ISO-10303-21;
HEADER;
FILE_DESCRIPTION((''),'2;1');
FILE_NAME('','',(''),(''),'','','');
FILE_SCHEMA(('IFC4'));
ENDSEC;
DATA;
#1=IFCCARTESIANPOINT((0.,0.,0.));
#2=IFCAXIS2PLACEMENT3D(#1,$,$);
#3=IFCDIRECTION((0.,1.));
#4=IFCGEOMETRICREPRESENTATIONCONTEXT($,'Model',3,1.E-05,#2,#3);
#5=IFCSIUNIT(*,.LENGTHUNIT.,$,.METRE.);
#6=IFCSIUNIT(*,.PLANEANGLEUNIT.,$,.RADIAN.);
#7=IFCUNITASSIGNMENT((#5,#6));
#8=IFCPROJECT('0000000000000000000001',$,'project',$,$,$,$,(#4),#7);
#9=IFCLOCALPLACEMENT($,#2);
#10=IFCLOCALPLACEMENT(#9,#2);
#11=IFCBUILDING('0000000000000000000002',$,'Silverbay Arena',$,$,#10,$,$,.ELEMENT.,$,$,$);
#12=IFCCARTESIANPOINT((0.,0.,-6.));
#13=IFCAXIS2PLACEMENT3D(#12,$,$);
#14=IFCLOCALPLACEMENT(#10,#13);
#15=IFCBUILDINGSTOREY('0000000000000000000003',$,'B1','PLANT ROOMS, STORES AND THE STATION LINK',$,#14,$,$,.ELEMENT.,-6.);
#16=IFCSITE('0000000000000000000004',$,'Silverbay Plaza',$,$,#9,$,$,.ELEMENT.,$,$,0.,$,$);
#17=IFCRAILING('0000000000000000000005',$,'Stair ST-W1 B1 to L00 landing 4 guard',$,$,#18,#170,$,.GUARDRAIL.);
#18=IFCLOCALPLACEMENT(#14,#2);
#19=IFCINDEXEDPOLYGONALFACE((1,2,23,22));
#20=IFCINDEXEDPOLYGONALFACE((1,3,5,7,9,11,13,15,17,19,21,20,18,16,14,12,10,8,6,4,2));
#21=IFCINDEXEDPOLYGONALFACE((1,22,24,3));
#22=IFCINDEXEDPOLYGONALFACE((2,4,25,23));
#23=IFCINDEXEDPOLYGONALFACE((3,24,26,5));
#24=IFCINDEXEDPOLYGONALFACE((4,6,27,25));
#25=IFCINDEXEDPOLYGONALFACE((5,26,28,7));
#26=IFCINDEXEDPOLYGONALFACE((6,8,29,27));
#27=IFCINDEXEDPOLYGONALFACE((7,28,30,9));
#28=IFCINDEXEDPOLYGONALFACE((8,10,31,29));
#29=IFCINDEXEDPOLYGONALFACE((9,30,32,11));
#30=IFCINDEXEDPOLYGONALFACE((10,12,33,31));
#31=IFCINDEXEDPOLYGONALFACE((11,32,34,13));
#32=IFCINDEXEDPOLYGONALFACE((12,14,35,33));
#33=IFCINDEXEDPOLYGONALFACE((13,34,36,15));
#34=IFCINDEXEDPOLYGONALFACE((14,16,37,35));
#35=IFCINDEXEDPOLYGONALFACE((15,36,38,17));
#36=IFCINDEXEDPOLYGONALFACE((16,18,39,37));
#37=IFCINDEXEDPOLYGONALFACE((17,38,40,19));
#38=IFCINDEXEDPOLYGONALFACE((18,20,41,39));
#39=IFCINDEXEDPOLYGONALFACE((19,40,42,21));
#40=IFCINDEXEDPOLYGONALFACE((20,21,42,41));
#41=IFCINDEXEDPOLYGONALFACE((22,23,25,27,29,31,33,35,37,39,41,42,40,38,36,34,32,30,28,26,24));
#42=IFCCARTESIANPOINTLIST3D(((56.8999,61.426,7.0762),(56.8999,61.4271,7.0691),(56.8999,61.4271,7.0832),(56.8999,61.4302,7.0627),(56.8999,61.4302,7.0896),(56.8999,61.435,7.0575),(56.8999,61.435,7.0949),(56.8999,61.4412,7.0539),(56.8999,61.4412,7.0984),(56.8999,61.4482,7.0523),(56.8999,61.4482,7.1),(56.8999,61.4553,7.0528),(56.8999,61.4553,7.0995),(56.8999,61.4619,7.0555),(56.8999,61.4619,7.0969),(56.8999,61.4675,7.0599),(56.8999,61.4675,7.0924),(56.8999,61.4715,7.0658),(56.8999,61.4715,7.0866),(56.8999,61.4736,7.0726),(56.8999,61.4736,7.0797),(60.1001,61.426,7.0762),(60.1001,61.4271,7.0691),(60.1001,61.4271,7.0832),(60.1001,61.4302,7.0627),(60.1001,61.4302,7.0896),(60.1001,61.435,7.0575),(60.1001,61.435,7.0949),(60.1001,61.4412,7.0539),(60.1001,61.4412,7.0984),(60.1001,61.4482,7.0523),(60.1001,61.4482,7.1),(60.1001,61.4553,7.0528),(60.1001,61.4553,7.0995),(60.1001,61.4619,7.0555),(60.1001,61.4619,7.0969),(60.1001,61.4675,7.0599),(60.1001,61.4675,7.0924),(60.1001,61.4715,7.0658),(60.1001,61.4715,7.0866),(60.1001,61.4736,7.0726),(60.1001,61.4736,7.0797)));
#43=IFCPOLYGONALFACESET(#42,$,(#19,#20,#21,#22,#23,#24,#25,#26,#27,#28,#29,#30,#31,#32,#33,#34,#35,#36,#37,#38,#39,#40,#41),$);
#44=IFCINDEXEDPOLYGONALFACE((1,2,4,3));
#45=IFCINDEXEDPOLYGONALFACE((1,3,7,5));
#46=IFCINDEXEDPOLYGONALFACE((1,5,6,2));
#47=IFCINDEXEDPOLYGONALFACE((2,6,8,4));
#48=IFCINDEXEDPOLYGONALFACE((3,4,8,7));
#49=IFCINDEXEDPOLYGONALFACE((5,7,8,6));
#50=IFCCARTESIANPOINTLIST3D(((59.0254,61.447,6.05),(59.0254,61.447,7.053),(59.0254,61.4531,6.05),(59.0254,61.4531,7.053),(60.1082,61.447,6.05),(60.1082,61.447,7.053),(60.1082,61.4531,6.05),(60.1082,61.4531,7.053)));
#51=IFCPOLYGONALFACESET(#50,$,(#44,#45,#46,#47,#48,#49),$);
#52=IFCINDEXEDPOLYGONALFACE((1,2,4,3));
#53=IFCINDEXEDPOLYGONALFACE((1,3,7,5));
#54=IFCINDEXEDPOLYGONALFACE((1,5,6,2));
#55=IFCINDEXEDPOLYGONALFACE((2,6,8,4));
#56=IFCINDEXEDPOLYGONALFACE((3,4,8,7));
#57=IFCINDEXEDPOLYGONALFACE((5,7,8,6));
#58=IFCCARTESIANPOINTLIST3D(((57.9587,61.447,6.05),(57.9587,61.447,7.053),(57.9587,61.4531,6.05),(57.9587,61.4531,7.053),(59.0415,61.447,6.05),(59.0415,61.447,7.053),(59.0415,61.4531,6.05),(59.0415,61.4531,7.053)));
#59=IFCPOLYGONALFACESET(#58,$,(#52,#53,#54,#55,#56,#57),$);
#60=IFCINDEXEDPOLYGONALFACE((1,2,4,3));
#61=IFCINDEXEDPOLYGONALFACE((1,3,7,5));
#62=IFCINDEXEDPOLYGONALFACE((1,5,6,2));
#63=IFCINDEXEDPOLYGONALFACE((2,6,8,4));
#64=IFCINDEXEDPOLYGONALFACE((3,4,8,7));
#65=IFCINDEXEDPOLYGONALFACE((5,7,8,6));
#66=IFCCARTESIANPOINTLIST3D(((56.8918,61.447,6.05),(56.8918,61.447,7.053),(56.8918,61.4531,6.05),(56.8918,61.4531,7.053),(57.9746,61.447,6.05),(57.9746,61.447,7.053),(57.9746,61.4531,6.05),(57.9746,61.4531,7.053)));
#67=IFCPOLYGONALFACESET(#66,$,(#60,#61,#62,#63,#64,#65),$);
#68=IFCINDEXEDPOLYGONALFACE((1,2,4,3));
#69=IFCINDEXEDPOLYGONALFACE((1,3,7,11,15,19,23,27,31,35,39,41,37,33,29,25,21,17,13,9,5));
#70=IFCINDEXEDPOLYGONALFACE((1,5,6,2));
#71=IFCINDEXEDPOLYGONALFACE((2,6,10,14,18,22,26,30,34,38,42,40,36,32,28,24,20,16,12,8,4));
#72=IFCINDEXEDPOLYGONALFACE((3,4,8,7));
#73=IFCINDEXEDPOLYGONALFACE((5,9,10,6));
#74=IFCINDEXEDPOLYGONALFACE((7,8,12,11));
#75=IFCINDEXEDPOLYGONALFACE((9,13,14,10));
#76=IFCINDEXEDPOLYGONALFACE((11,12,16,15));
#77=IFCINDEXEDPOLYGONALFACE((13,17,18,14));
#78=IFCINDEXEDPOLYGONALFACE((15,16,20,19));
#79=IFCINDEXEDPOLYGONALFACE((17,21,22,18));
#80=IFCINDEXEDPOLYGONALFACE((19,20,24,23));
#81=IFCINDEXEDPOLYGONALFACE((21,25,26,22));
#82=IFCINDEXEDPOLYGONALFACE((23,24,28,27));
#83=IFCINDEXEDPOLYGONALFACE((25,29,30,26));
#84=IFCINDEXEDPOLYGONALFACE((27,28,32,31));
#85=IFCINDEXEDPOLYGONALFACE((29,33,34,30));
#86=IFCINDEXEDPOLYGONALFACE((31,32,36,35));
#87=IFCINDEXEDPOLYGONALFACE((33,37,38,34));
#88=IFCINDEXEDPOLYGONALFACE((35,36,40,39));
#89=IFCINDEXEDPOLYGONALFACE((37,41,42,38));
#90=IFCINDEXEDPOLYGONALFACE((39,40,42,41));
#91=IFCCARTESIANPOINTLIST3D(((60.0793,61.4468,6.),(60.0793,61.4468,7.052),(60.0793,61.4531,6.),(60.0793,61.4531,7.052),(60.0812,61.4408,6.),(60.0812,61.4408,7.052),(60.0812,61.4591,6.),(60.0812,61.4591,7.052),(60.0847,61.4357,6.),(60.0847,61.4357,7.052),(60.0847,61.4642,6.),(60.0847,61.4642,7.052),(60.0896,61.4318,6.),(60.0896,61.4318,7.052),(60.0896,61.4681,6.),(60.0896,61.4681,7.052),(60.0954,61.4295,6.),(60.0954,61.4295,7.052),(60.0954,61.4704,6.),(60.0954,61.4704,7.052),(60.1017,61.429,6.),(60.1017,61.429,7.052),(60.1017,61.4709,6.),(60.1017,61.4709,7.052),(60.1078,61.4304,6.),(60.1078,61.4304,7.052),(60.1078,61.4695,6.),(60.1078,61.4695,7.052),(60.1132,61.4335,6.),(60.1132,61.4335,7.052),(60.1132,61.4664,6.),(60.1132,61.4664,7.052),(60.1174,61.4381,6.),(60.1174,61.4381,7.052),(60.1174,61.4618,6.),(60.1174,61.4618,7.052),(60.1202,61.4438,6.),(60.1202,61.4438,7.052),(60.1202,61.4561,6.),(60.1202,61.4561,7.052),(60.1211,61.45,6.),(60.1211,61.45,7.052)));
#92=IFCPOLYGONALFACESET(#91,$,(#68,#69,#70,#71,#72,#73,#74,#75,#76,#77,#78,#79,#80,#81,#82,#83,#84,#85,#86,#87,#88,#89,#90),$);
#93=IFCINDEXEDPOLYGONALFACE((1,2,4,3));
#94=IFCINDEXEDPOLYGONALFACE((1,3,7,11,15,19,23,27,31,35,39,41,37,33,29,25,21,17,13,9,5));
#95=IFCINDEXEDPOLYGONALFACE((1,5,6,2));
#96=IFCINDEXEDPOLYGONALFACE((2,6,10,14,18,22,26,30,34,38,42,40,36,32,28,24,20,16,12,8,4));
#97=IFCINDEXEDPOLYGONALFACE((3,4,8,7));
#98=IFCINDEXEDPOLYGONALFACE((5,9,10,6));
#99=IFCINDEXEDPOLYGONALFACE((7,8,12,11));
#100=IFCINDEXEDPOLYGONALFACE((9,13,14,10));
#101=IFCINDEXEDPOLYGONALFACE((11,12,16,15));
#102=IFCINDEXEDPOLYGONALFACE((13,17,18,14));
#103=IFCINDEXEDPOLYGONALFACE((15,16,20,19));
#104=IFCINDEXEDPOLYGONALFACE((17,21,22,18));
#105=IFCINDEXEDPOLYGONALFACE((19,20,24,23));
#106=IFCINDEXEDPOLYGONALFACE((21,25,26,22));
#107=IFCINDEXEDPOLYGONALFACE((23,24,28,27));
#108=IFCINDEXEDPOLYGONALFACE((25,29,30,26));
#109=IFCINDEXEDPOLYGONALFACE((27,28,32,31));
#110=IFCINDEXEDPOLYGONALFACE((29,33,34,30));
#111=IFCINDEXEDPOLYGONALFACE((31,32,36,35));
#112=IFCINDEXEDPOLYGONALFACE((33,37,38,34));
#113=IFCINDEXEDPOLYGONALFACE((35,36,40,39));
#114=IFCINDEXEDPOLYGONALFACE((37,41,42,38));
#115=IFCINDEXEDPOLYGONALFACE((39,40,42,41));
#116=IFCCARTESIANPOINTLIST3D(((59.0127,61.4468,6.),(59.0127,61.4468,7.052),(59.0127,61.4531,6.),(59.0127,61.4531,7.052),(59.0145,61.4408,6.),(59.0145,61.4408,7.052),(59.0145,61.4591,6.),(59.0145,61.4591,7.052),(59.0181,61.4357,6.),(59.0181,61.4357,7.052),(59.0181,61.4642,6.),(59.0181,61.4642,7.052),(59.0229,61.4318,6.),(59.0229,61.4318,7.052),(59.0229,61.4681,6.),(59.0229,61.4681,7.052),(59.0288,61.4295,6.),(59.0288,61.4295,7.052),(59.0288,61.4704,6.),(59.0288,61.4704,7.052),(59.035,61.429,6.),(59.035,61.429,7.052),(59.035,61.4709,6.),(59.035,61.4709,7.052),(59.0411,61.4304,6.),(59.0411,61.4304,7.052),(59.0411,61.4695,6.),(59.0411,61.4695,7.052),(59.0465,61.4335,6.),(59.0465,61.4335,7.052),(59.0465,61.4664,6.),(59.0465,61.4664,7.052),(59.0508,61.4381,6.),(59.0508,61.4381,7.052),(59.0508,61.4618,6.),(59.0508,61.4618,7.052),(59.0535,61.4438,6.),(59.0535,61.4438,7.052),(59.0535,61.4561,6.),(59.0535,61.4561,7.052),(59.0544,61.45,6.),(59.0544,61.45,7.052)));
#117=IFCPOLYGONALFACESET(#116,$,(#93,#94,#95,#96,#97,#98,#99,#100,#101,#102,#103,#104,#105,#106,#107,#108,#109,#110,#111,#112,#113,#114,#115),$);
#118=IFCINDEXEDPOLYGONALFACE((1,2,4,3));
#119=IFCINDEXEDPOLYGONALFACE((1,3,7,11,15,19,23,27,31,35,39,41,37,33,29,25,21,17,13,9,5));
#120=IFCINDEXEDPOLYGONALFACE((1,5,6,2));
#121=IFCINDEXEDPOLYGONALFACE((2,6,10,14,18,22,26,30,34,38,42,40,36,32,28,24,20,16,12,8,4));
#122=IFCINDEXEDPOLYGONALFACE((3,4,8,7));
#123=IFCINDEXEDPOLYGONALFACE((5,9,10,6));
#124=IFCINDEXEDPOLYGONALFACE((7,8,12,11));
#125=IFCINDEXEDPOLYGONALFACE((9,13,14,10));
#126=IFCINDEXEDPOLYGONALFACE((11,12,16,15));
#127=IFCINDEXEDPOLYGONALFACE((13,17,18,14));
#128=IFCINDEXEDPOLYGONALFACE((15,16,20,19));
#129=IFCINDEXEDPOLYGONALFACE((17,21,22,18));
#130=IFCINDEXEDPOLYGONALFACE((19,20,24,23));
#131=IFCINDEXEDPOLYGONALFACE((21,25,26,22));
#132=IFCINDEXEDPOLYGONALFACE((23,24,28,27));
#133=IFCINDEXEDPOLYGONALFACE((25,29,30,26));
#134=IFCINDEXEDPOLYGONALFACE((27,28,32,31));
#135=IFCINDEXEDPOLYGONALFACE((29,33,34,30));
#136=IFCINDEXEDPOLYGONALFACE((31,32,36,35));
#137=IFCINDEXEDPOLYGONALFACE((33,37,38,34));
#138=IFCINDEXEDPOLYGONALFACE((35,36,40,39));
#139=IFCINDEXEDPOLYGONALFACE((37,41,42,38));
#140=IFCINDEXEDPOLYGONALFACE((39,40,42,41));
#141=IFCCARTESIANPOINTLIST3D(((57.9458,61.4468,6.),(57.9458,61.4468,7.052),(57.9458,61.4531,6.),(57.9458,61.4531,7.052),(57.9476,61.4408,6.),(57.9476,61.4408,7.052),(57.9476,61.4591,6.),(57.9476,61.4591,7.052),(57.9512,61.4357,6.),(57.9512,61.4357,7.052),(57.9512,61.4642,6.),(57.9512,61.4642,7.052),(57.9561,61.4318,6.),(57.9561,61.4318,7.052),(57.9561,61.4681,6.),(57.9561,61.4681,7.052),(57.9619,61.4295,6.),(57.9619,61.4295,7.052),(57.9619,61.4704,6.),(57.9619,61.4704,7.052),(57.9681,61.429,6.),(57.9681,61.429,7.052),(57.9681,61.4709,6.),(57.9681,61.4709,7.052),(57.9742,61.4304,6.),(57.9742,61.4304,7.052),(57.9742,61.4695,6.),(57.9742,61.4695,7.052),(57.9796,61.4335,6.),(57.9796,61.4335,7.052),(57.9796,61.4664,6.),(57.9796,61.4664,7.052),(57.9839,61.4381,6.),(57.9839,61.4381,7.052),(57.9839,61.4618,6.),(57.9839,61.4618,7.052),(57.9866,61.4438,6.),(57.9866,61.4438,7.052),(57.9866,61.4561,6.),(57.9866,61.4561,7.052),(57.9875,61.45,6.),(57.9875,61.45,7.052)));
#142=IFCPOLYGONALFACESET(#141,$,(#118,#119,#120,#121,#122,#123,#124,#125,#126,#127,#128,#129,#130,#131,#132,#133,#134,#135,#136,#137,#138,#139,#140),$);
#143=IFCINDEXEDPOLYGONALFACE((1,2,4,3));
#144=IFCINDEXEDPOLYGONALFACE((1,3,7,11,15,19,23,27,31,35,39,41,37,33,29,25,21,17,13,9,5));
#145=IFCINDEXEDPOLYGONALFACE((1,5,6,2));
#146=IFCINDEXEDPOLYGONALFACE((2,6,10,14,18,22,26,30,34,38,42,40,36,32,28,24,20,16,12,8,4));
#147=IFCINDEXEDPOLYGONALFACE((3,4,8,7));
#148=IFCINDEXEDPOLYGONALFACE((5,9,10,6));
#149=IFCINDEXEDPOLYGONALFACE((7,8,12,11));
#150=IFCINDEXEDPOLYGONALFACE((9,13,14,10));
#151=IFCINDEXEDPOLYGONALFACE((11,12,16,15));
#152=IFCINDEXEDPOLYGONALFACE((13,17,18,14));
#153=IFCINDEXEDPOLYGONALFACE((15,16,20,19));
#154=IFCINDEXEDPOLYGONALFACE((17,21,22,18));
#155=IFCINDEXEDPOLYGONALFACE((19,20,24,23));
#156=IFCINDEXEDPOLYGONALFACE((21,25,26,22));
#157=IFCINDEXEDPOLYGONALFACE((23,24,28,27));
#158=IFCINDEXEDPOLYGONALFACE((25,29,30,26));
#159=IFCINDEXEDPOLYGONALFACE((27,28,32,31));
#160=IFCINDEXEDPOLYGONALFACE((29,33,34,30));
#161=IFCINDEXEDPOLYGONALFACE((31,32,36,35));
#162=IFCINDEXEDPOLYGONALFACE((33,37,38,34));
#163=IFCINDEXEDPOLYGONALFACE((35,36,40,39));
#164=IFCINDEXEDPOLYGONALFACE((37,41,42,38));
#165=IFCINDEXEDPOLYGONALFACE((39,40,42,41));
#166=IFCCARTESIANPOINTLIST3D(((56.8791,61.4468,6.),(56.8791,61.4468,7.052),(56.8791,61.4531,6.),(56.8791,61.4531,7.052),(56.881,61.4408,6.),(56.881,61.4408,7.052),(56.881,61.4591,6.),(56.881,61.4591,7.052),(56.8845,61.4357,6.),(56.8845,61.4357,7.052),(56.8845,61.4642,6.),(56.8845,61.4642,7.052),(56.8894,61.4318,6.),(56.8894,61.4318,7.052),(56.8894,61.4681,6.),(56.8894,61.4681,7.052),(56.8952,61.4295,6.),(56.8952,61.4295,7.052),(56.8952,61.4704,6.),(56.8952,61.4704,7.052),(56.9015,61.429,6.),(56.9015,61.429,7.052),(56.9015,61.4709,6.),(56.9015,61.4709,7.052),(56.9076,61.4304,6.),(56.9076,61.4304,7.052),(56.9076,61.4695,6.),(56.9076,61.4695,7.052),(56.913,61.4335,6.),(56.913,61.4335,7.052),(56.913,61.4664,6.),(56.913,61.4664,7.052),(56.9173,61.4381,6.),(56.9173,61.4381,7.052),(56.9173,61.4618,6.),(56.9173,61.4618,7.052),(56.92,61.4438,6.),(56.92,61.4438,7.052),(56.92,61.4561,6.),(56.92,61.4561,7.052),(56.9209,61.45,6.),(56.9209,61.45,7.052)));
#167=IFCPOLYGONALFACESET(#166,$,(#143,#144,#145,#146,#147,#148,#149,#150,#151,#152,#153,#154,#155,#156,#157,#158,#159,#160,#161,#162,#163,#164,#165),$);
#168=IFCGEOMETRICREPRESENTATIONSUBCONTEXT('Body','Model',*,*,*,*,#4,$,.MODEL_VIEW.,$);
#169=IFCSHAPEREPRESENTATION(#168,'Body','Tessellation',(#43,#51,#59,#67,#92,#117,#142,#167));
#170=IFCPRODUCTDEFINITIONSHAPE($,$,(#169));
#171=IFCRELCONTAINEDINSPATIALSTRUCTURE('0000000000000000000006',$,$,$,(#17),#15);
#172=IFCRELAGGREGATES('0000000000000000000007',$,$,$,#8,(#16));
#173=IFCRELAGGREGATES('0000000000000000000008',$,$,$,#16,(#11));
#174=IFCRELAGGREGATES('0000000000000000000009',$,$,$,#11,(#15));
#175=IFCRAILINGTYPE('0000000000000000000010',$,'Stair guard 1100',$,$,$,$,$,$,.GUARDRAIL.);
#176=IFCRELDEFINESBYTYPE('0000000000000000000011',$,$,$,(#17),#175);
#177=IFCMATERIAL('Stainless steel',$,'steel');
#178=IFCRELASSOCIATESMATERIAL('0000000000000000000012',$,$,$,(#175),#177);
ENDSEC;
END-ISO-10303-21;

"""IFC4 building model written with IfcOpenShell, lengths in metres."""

from ifc_helpers import new_model, si_unit, direction, frame, origin, origin_2d, place, context, subcontext, project, spatial, polyline, circle, outline, extrude, material, type_object, element, save


model = new_model("IFC4")

# Units and contexts
model_context = context("Model", 3, precision=1e-05, world=origin(), true_north=direction((0.0, 1.0)))
body_context = subcontext(model_context, "Body", "Model", "MODEL_VIEW")
ifc_project = project(units=[si_unit("LENGTHUNIT", "METRE"), si_unit("PLANEANGLEUNIT", "RADIAN")], contexts=[model_context])

# Site, building, storey
site_placement = place(None, origin())
site = spatial("IfcSite", under=ifc_project, at=site_placement, Name="Silverbay Plaza", CompositionType="ELEMENT", RefElevation=0.0)
building_placement = place(site_placement, origin())
building = spatial("IfcBuilding", under=site, at=building_placement, Name="Silverbay Arena", CompositionType="ELEMENT")
storey_placement = place(building_placement, frame((0.0, 0.0, -6.0)))
storey = spatial("IfcBuildingStorey", under=building, at=storey_placement, Name="B1", Description="PLANT ROOMS, STORES AND THE STATION LINK", CompositionType="ELEMENT", Elevation=-6.0)

# Railing
ifc_material_1 = material(Name="Stainless steel", Category="steel")
railing_type_1 = type_object("IfcRailingType", Name="Stair guard 1100", PredefinedType="GUARDRAIL", material=ifc_material_1)
for number, where, name in (
    (1, (60.1001, 61.45, 6.0), "Stair ST-W1 B1 to L00 landing 4 guard"),
):
    element("IfcRailing", number, at=place(storey_placement, frame(where)), inside=storey, type_object=railing_type_1, Name=name, PredefinedType="GUARDRAIL", context=body_context, shape_type="SweptSolid", body=[
        extrude(circle(Radius=0.0239, at=origin_2d()), frame((0.0, 0.0, 1.0762), z_axis=(-1.0, 0.0, 0.0), x_axis=(0.0, -1.0, 0.0)), (0.0, 0.0, 1.0), 3.2002),
        extrude(outline(polyline([(-0.0081, 0.05), (1.0747, 0.05), (1.0747, 1.053), (-0.0081, 1.053), (-0.0081, 0.05)])), frame((0.0, -0.0029, 0.0), z_axis=(0.0, 1.0, 0.0), x_axis=(-1.0, 0.0, 0.0)), (0.0, 0.0, 1.0), 0.0061),
        extrude(outline(polyline([(-0.0081, 0.05), (1.0747, 0.05), (1.0747, 1.053), (-0.0081, 1.053), (-0.0081, 0.05)])), frame((-1.0667, -0.0029, 0.0), z_axis=(0.0, 1.0, 0.0), x_axis=(-1.0, 0.0, 0.0)), (0.0, 0.0, 1.0), 0.0061),
        extrude(outline(polyline([(-0.0081, 0.05), (1.0747, 0.05), (1.0747, 1.053), (-0.0081, 1.053), (-0.0081, 0.05)])), frame((-2.1335, -0.0029, 0.0), z_axis=(0.0, 1.0, 0.0), x_axis=(-1.0, 0.0, 0.0)), (0.0, 0.0, 1.0), 0.0061),
        extrude(circle(Radius=0.021, at=origin_2d()), origin(), (0.0, 0.0, 1.0), 1.052),
        extrude(circle(Radius=0.021, at=origin_2d()), frame((-1.0667, 0.0, 0.0)), (0.0, 0.0, 1.0), 1.052),
        extrude(circle(Radius=0.021, at=origin_2d()), frame((-2.1335, 0.0, 0.0)), (0.0, 0.0, 1.0), 1.052),
        extrude(circle(Radius=0.021, at=origin_2d()), frame((-3.2002, 0.0, 0.0)), (0.0, 0.0, 1.0), 1.052),
    ])

save(model, "model.ifc")
